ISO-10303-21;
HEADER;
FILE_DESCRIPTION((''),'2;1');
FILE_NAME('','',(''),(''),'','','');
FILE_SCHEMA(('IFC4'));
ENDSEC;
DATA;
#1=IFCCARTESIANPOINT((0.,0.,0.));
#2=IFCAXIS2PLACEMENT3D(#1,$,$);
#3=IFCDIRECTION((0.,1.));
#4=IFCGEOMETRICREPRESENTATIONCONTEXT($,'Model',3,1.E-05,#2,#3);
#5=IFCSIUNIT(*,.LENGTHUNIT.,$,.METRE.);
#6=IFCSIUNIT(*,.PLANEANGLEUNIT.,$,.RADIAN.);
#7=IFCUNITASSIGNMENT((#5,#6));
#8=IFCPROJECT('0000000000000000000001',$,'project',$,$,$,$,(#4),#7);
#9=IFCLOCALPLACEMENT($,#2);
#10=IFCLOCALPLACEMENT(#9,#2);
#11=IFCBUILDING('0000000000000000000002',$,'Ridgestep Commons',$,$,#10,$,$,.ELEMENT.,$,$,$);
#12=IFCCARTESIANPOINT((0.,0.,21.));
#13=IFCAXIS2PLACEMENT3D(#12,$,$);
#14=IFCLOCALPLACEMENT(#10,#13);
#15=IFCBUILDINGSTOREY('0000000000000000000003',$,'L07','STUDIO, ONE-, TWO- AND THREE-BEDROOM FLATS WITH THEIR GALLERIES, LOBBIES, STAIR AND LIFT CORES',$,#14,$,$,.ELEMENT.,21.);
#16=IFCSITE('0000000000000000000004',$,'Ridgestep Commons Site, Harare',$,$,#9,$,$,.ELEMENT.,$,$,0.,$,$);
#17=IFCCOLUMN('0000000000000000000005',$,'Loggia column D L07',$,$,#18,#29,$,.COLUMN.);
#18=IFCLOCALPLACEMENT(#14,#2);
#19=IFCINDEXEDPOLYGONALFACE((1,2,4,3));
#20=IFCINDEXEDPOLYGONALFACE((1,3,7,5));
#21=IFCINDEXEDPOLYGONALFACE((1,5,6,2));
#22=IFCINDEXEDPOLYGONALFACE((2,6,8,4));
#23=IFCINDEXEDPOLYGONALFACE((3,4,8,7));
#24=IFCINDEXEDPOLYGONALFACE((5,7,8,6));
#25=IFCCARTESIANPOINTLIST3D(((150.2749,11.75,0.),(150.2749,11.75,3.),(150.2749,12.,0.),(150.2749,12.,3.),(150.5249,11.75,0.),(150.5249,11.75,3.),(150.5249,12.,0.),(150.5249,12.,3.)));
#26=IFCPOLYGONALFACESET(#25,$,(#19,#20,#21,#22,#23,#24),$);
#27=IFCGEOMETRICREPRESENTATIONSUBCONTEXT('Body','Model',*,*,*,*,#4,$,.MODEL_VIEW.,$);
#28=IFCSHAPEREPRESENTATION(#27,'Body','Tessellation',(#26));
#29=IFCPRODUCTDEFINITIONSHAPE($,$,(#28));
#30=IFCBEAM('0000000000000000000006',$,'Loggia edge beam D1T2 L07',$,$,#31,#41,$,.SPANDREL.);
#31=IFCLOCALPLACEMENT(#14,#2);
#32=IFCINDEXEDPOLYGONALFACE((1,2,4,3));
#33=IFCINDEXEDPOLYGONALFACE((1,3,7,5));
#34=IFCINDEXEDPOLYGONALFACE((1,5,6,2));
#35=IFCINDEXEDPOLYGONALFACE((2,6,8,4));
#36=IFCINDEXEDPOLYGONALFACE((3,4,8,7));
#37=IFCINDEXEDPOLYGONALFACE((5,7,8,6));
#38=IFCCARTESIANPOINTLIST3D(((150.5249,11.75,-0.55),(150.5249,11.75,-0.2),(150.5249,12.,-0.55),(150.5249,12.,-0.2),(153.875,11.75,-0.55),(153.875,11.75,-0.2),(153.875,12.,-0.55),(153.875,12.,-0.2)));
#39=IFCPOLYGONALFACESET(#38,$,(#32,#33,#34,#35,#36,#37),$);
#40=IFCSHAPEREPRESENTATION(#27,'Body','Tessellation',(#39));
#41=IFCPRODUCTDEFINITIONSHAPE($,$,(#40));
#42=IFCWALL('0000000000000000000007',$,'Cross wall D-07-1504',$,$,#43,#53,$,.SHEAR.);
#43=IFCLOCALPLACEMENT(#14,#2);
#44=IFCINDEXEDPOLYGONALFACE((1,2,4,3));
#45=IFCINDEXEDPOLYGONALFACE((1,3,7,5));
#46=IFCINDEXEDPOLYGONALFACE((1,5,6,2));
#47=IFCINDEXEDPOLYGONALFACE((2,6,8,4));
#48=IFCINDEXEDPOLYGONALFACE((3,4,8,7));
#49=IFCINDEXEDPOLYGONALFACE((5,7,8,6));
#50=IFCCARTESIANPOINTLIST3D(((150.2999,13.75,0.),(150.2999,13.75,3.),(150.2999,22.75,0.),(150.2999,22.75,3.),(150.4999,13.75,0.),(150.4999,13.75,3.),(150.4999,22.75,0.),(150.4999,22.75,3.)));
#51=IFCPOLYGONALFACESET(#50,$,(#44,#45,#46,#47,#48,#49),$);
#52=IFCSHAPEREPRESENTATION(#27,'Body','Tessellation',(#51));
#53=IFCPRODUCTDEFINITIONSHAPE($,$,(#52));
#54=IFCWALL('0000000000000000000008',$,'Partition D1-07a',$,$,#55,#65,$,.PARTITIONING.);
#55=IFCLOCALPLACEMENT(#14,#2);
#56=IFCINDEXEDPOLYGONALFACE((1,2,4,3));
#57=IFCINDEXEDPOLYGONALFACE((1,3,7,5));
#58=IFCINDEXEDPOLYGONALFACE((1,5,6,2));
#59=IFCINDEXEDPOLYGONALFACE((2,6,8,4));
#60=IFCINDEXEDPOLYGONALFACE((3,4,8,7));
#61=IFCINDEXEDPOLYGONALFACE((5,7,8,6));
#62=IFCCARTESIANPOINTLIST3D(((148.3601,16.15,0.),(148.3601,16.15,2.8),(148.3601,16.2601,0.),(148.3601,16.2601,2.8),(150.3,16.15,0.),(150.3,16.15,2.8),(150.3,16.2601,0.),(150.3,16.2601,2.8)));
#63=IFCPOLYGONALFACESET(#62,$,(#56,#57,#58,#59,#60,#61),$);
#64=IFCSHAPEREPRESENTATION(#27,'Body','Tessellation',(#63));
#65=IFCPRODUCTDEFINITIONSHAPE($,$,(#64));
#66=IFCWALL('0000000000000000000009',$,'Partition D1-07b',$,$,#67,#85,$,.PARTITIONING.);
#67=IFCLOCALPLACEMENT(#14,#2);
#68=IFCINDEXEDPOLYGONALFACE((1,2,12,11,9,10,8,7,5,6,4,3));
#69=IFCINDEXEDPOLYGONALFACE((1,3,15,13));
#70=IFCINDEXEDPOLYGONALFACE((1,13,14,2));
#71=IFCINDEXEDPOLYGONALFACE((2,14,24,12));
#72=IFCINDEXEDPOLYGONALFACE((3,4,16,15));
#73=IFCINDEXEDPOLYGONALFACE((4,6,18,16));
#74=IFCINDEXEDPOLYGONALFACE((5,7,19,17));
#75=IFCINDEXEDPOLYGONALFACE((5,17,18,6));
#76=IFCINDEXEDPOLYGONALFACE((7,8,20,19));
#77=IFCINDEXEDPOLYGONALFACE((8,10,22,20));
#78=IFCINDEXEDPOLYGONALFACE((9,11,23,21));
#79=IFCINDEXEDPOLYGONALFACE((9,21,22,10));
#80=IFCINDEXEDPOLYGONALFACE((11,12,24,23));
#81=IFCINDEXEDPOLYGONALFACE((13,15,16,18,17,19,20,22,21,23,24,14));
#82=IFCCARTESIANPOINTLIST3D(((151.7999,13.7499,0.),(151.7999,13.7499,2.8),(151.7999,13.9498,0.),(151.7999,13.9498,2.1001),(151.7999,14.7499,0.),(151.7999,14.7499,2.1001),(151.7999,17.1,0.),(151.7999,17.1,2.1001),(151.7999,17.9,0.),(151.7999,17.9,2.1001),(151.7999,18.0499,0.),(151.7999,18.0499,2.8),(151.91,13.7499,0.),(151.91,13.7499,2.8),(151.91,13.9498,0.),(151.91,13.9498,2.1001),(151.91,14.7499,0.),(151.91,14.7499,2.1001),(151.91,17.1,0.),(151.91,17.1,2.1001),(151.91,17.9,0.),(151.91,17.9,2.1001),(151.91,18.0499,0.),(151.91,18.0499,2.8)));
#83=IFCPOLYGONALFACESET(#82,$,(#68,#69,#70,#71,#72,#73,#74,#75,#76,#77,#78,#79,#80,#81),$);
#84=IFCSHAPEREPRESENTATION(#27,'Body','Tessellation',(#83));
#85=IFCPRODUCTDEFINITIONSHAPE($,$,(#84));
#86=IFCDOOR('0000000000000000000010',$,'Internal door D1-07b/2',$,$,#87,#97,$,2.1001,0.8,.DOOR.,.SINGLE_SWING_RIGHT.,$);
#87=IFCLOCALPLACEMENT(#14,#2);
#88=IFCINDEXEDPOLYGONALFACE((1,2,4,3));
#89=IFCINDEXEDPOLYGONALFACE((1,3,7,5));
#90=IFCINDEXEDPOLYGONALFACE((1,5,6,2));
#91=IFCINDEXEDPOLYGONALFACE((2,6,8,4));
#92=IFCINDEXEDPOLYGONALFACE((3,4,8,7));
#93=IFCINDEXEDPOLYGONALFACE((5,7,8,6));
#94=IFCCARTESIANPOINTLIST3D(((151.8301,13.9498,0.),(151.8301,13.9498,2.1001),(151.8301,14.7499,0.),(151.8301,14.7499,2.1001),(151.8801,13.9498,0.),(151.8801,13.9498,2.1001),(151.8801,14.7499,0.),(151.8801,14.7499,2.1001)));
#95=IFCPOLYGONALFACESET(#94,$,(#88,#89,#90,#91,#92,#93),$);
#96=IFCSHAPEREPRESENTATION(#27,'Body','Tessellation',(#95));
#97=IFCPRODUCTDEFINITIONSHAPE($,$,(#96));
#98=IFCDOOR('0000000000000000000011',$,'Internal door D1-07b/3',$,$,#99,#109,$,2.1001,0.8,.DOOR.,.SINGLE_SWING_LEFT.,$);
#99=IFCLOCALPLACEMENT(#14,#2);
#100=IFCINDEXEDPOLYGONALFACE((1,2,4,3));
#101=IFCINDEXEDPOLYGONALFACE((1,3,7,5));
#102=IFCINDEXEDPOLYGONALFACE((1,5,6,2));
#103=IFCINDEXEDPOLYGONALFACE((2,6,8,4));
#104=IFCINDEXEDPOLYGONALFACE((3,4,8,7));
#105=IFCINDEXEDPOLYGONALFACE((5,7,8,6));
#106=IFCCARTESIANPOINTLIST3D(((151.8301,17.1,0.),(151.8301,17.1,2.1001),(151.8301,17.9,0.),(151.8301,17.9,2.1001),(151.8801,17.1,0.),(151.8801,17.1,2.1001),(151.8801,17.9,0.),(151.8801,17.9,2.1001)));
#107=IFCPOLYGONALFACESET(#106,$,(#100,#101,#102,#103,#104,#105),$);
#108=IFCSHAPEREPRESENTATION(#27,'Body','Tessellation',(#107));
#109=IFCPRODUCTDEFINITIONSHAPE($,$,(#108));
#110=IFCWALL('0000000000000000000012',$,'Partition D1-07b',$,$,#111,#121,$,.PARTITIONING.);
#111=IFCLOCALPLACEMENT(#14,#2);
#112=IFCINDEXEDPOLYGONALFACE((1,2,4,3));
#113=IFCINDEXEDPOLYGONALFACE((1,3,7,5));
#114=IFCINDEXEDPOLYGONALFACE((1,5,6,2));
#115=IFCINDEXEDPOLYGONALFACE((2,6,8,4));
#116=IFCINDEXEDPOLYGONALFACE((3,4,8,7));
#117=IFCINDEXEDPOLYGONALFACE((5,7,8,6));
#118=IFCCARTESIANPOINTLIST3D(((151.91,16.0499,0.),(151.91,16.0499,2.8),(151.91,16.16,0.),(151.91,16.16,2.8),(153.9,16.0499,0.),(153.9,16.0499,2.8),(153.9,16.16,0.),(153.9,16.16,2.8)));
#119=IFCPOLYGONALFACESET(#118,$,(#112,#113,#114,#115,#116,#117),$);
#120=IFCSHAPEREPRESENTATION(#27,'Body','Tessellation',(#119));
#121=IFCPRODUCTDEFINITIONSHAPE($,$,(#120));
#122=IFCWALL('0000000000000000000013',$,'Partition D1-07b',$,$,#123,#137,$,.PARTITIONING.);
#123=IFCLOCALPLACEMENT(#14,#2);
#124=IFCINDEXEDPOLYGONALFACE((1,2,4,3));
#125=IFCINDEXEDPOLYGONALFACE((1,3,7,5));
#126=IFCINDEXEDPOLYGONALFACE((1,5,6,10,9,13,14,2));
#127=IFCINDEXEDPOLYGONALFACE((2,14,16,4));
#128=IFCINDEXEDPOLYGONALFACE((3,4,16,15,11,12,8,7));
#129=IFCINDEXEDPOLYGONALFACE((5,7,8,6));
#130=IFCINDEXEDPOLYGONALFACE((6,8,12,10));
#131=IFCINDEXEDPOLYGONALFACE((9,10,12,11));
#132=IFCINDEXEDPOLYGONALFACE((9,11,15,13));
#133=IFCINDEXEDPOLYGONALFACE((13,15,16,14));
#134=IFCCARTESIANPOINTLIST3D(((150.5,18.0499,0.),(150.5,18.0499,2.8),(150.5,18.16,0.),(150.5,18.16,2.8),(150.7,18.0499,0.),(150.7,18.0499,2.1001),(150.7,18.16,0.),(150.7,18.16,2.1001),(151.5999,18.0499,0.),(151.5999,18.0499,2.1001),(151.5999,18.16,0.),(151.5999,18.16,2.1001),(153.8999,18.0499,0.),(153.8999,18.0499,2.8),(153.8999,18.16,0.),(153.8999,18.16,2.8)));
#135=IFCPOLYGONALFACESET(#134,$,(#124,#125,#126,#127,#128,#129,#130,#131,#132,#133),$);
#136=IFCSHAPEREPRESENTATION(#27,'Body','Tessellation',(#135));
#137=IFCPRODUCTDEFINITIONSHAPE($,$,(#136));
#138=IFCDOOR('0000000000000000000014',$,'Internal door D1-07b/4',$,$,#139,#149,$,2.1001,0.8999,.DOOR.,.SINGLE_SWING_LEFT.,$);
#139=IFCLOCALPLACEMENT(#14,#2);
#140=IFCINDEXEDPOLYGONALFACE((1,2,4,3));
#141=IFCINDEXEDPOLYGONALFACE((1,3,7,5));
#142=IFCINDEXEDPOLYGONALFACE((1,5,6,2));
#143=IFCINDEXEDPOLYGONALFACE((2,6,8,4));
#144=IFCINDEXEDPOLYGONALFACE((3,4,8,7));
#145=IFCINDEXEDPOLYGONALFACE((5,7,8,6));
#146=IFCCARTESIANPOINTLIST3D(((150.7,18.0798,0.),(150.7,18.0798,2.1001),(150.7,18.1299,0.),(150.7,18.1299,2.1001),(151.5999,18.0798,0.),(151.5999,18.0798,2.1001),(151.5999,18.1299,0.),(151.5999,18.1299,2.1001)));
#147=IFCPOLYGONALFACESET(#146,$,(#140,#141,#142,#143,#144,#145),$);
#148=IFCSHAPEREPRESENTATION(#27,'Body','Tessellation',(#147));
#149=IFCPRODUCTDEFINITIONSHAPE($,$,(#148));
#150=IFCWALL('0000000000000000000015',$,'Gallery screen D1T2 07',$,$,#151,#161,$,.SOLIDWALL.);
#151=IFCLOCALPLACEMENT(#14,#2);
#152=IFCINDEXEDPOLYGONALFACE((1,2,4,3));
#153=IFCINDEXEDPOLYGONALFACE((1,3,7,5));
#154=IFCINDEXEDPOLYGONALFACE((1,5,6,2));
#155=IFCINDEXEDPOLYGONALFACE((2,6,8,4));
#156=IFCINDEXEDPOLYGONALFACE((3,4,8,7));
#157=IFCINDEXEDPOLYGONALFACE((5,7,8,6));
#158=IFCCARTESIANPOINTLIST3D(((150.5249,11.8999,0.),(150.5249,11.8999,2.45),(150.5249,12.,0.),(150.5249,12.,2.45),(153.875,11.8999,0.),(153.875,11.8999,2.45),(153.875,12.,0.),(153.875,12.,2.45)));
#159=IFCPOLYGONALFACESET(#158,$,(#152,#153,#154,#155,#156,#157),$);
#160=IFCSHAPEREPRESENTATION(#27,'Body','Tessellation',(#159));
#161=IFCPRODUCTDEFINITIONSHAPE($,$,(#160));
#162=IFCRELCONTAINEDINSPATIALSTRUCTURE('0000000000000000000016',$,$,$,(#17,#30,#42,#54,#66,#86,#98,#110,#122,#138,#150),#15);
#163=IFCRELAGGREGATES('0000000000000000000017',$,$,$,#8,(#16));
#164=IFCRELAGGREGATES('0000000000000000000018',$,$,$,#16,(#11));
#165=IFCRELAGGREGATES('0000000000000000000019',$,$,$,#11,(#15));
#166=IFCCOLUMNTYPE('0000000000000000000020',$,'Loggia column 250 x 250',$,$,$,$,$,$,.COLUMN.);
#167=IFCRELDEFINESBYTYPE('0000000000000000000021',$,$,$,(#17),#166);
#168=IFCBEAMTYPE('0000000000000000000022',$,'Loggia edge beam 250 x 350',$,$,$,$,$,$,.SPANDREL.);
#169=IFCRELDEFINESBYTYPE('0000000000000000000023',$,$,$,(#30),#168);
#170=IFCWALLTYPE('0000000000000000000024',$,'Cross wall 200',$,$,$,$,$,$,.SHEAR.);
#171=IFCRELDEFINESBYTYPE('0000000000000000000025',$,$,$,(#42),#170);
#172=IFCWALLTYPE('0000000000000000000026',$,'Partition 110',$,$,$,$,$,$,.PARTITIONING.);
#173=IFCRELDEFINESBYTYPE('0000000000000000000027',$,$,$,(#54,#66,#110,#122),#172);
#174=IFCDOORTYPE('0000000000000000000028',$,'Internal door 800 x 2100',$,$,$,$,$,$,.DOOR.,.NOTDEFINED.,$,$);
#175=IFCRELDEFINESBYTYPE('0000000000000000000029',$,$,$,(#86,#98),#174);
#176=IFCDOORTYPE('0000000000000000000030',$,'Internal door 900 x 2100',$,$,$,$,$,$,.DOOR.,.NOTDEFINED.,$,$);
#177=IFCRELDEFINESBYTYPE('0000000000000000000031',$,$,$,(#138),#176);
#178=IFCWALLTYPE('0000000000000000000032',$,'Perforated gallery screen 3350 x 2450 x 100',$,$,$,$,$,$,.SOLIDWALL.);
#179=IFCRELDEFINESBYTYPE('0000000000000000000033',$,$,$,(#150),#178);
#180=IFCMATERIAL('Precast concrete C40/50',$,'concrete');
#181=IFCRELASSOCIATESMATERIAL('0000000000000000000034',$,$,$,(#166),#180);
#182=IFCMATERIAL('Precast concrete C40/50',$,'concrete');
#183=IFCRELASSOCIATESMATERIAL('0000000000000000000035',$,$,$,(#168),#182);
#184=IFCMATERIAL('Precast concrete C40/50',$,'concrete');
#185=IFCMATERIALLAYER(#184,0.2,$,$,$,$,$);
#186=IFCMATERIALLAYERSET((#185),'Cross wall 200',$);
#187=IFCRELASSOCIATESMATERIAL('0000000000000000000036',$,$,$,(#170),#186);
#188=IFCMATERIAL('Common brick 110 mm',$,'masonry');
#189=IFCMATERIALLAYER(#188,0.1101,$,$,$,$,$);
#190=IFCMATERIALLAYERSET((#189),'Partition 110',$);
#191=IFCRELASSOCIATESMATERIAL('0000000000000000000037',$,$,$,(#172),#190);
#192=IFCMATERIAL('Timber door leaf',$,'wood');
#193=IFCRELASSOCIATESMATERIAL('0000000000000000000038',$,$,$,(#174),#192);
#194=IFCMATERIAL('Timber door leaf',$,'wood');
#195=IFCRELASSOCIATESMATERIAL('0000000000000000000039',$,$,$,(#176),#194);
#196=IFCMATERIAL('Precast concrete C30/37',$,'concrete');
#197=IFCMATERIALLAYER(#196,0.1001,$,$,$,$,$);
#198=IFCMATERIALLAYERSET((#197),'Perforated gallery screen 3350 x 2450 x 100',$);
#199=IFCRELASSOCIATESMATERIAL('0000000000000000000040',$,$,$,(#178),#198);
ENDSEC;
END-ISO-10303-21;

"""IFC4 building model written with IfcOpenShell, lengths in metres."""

from ifc_helpers import new_model, si_unit, direction, frame, frame_2d, origin, origin_2d, place, context, subcontext, project, spatial, rectangle, extrude, material, layer, layer_set, material_profile, profile_set, type_object, element, fill, save


model = new_model("IFC4")

# Units and contexts
model_context = context("Model", 3, precision=1e-05, world=origin(), true_north=direction((0.0, 1.0)))
body_context = subcontext(model_context, "Body", "Model", "MODEL_VIEW")
ifc_project = project(units=[si_unit("LENGTHUNIT", "METRE"), si_unit("PLANEANGLEUNIT", "RADIAN")], contexts=[model_context])

# Site, building, storey
site_placement = place(None, origin())
site = spatial("IfcSite", under=ifc_project, at=site_placement, Name="Ridgestep Commons Site, Harare", CompositionType="ELEMENT", RefElevation=0.0)
building_placement = place(site_placement, origin())
building = spatial("IfcBuilding", under=site, at=building_placement, Name="Ridgestep Commons", CompositionType="ELEMENT")
storey_placement = place(building_placement, frame((0.0, 0.0, 21.0)))
storey = spatial("IfcBuildingStorey", under=building, at=storey_placement, Name="L07", Description="STUDIO, ONE-, TWO- AND THREE-BEDROOM FLATS WITH THEIR GALLERIES, LOBBIES, STAIR AND LIFT CORES", CompositionType="ELEMENT", Elevation=21.0)

# Column
ifc_material_1 = material(Name="Precast concrete C40/50", Category="concrete")
ifc_material_profile_1 = material_profile(ifc_material_1, rectangle(XDim=0.25, YDim=0.25, at=origin_2d()), Name="PC 250x250")
ifc_profile_set_1 = profile_set([ifc_material_profile_1], Name="Precast concrete C40/50")
column_type = type_object("IfcColumnType", Name="Loggia column 250 x 250", PredefinedType="COLUMN", material=ifc_profile_set_1)
column_placement = place(storey_placement, frame((150.3999, 11.875, 0.0), z_axis=(0.0, 0.0, 1.0), x_axis=(1.0, 0.0, 0.0)))
element("IfcColumn", 1, at=column_placement, inside=storey, type_object=column_type, Name="Loggia column D L07", PredefinedType="COLUMN", context=body_context, shape_type="SweptSolid", body=[
    extrude(rectangle(XDim=0.25, YDim=0.25, at=origin_2d()), origin(), (0.0, 0.0, 1.0), 3.0),
])

# Beam
ifc_material_2 = material(Name="Precast concrete C40/50", Category="concrete")
ifc_material_profile_2 = material_profile(ifc_material_2, rectangle(XDim=0.25, YDim=0.3501, at=origin_2d()), Name="PC 250x350")
ifc_profile_set_2 = profile_set([ifc_material_profile_2], Name="Precast concrete C40/50")
beam_type = type_object("IfcBeamType", Name="Loggia edge beam 250 x 350", PredefinedType="SPANDREL", material=ifc_profile_set_2)
beam_placement = place(storey_placement, frame((150.5249, 11.875, -0.375), z_axis=(1.0, 0.0, 0.0), x_axis=(0.0, 1.0, 0.0)))
element("IfcBeam", 2, at=beam_placement, inside=storey, type_object=beam_type, Name="Loggia edge beam D1T2 L07", PredefinedType="SPANDREL", context=body_context, shape_type="SweptSolid", body=[
    extrude(rectangle(XDim=0.25, YDim=0.3501, at=origin_2d()), origin(), (0.0, 0.0, 1.0), 3.3501),
])

# Walls
ifc_material_3 = material(Name="Precast concrete C40/50", Category="concrete")
ifc_layer_1 = layer(ifc_material_3, 0.2)
ifc_layer_set_1 = layer_set([ifc_layer_1], Name="Cross wall 200")
wall_type_1 = type_object("IfcWallType", Name="Cross wall 200", PredefinedType="SHEAR", material=ifc_layer_set_1)
wall_1_placement = place(storey_placement, frame((150.3999, 13.75, 0.0), z_axis=(0.0, 0.0, 1.0), x_axis=(0.0, 1.0, 0.0)))
element("IfcWall", 3, at=wall_1_placement, inside=storey, type_object=wall_type_1, Name="Cross wall D-07-1504", PredefinedType="SHEAR", context=body_context, shape_type="SweptSolid", body=[
    extrude(rectangle(XDim=9.0, YDim=0.2, at=frame_2d((4.5, 0.0))), origin(), (0.0, 0.0, 1.0), 3.0),
])
ifc_material_4 = material(Name="Common brick 110 mm", Category="masonry")
ifc_layer_2 = layer(ifc_material_4, 0.1101)
ifc_layer_set_2 = layer_set([ifc_layer_2], Name="Partition 110")
wall_type_2 = type_object("IfcWallType", Name="Partition 110", PredefinedType="PARTITIONING", material=ifc_layer_set_2)
wall_2_placement = place(storey_placement, frame((148.3601, 16.2051, 0.0), z_axis=(0.0, 0.0, 1.0), x_axis=(1.0, 0.0, 0.0)))
element("IfcWall", 4, at=wall_2_placement, inside=storey, type_object=wall_type_2, Name="Partition D1-07a", PredefinedType="PARTITIONING", context=body_context, shape_type="SweptSolid", body=[
    extrude(rectangle(XDim=1.9399, YDim=0.1101, at=frame_2d((0.97, 0.0))), origin(), (0.0, 0.0, 1.0), 2.8),
])

# Wall, openings, doors
wall_3_placement = place(storey_placement, frame((151.855, 13.75, 0.0), z_axis=(0.0, 0.0, 1.0), x_axis=(0.0, 1.0, 0.0)))
wall_3 = element("IfcWall", 5, at=wall_3_placement, inside=storey, type_object=wall_type_2, Name="Partition D1-07b", PredefinedType="PARTITIONING", context=body_context, shape_type="SweptSolid", body=[
    extrude(rectangle(XDim=4.3, YDim=0.1101, at=frame_2d((2.1499, 0.0))), origin(), (0.0, 0.0, 1.0), 2.8),
])
opening_1_placement = place(wall_3_placement, frame((0.2, 0.0, 0.0)))
opening_1 = element("IfcOpeningElement", 6, at=opening_1_placement, cuts=wall_3, PredefinedType="OPENING", context=body_context, shape_type="SweptSolid", body=[
    extrude(rectangle(XDim=0.8, YDim=2.1001, at=frame_2d((0.3999, 1.05))), frame((0.0, 0.0649, 0.0), z_axis=(0.0, -1.0, 0.0), x_axis=(1.0, 0.0, 0.0)), (0.0, 0.0, 1.0), 0.1301),
])
opening_2_placement = place(wall_3_placement, frame((3.3501, 0.0, 0.0)))
opening_2 = element("IfcOpeningElement", 7, at=opening_2_placement, cuts=wall_3, PredefinedType="OPENING", context=body_context, shape_type="SweptSolid", body=[
    extrude(rectangle(XDim=0.8, YDim=2.1001, at=frame_2d((0.3999, 1.05))), frame((0.0, 0.0649, 0.0), z_axis=(0.0, -1.0, 0.0), x_axis=(1.0, 0.0, 0.0)), (0.0, 0.0, 1.0), 0.1301),
])
ifc_material_5 = material(Name="Timber door leaf", Category="wood")
door_type_1 = type_object("IfcDoorType", Name="Internal door 800 x 2100", OperationType="NOTDEFINED", PredefinedType="DOOR", material=ifc_material_5)
door_1_placement = place(opening_1_placement, origin())
door_1 = element("IfcDoor", 8, at=door_1_placement, inside=storey, type_object=door_type_1, Name="Internal door D1-07b/2", OperationType="SINGLE_SWING_RIGHT", OverallHeight=2.1001, OverallWidth=0.8, PredefinedType="DOOR", context=body_context, shape_type="SweptSolid", body=[
    extrude(rectangle(XDim=0.8, YDim=2.1001, at=frame_2d((0.3999, 1.05))), frame((0.0, 0.0249, 0.0), z_axis=(0.0, -1.0, 0.0), x_axis=(1.0, 0.0, 0.0)), (0.0, 0.0, 1.0), 0.05),
])
fill(opening_1, door_1)
door_2_placement = place(opening_2_placement, origin())
door_2 = element("IfcDoor", 9, at=door_2_placement, inside=storey, type_object=door_type_1, Name="Internal door D1-07b/3", OperationType="SINGLE_SWING_LEFT", OverallHeight=2.1001, OverallWidth=0.8, PredefinedType="DOOR", context=body_context, shape_type="SweptSolid", body=[
    extrude(rectangle(XDim=0.8, YDim=2.1001, at=frame_2d((0.3999, 1.05))), frame((0.0, 0.0249, 0.0), z_axis=(0.0, -1.0, 0.0), x_axis=(1.0, 0.0, 0.0)), (0.0, 0.0, 1.0), 0.05),
])
fill(opening_2, door_2)

# Wall
wall_4_placement = place(storey_placement, frame((151.9099, 16.105, 0.0), z_axis=(0.0, 0.0, 1.0), x_axis=(1.0, 0.0, 0.0)))
element("IfcWall", 10, at=wall_4_placement, inside=storey, type_object=wall_type_2, Name="Partition D1-07b", PredefinedType="PARTITIONING", context=body_context, shape_type="SweptSolid", body=[
    extrude(rectangle(XDim=1.99, YDim=0.1101, at=frame_2d((0.9951, 0.0))), origin(), (0.0, 0.0, 1.0), 2.8),
])

# Wall, opening, door
wall_5_placement = place(storey_placement, frame((150.5, 18.105, 0.0), z_axis=(0.0, 0.0, 1.0), x_axis=(1.0, 0.0, 0.0)))
wall_5 = element("IfcWall", 11, at=wall_5_placement, inside=storey, type_object=wall_type_2, Name="Partition D1-07b", PredefinedType="PARTITIONING", context=body_context, shape_type="SweptSolid", body=[
    extrude(rectangle(XDim=3.3999, YDim=0.1101, at=frame_2d((1.7, 0.0))), origin(), (0.0, 0.0, 1.0), 2.8),
])
opening_3_placement = place(wall_5_placement, frame((0.2, 0.0, 0.0)))
opening_3 = element("IfcOpeningElement", 12, at=opening_3_placement, cuts=wall_5, PredefinedType="OPENING", context=body_context, shape_type="SweptSolid", body=[
    extrude(rectangle(XDim=0.8999, YDim=2.1001, at=frame_2d((0.45, 1.05))), frame((0.0, 0.0649, 0.0), z_axis=(0.0, -1.0, 0.0), x_axis=(1.0, 0.0, 0.0)), (0.0, 0.0, 1.0), 0.1301),
])
ifc_material_6 = material(Name="Timber door leaf", Category="wood")
door_type_2 = type_object("IfcDoorType", Name="Internal door 900 x 2100", OperationType="NOTDEFINED", PredefinedType="DOOR", material=ifc_material_6)
door_3_placement = place(opening_3_placement, origin())
door_3 = element("IfcDoor", 13, at=door_3_placement, inside=storey, type_object=door_type_2, Name="Internal door D1-07b/4", OperationType="SINGLE_SWING_LEFT", OverallHeight=2.1001, OverallWidth=0.8999, PredefinedType="DOOR", context=body_context, shape_type="SweptSolid", body=[
    extrude(rectangle(XDim=0.8999, YDim=2.1001, at=frame_2d((0.45, 1.05))), frame((0.0, 0.0249, 0.0), z_axis=(0.0, -1.0, 0.0), x_axis=(1.0, 0.0, 0.0)), (0.0, 0.0, 1.0), 0.05),
])
fill(opening_3, door_3)

# Wall
ifc_material_7 = material(Name="Precast concrete C30/37", Category="concrete")
ifc_layer_3 = layer(ifc_material_7, 0.1001)
ifc_layer_set_3 = layer_set([ifc_layer_3], Name="Perforated gallery screen 3350 x 2450 x 100")
wall_type_3 = type_object("IfcWallType", Name="Perforated gallery screen 3350 x 2450 x 100", PredefinedType="SOLIDWALL", material=ifc_layer_set_3)
wall_6_placement = place(storey_placement, frame((150.5249, 11.95, 0.0), z_axis=(0.0, 0.0, 1.0), x_axis=(1.0, 0.0, 0.0)))
element("IfcWall", 14, at=wall_6_placement, inside=storey, type_object=wall_type_3, Name="Gallery screen D1T2 07", PredefinedType="SOLIDWALL", context=body_context, shape_type="SweptSolid", body=[
    extrude(rectangle(XDim=3.3501, YDim=0.1001, at=frame_2d((1.675, 0.0))), origin(), (0.0, 0.0, 1.0), 2.45),
])

save(model, "model.ifc")
